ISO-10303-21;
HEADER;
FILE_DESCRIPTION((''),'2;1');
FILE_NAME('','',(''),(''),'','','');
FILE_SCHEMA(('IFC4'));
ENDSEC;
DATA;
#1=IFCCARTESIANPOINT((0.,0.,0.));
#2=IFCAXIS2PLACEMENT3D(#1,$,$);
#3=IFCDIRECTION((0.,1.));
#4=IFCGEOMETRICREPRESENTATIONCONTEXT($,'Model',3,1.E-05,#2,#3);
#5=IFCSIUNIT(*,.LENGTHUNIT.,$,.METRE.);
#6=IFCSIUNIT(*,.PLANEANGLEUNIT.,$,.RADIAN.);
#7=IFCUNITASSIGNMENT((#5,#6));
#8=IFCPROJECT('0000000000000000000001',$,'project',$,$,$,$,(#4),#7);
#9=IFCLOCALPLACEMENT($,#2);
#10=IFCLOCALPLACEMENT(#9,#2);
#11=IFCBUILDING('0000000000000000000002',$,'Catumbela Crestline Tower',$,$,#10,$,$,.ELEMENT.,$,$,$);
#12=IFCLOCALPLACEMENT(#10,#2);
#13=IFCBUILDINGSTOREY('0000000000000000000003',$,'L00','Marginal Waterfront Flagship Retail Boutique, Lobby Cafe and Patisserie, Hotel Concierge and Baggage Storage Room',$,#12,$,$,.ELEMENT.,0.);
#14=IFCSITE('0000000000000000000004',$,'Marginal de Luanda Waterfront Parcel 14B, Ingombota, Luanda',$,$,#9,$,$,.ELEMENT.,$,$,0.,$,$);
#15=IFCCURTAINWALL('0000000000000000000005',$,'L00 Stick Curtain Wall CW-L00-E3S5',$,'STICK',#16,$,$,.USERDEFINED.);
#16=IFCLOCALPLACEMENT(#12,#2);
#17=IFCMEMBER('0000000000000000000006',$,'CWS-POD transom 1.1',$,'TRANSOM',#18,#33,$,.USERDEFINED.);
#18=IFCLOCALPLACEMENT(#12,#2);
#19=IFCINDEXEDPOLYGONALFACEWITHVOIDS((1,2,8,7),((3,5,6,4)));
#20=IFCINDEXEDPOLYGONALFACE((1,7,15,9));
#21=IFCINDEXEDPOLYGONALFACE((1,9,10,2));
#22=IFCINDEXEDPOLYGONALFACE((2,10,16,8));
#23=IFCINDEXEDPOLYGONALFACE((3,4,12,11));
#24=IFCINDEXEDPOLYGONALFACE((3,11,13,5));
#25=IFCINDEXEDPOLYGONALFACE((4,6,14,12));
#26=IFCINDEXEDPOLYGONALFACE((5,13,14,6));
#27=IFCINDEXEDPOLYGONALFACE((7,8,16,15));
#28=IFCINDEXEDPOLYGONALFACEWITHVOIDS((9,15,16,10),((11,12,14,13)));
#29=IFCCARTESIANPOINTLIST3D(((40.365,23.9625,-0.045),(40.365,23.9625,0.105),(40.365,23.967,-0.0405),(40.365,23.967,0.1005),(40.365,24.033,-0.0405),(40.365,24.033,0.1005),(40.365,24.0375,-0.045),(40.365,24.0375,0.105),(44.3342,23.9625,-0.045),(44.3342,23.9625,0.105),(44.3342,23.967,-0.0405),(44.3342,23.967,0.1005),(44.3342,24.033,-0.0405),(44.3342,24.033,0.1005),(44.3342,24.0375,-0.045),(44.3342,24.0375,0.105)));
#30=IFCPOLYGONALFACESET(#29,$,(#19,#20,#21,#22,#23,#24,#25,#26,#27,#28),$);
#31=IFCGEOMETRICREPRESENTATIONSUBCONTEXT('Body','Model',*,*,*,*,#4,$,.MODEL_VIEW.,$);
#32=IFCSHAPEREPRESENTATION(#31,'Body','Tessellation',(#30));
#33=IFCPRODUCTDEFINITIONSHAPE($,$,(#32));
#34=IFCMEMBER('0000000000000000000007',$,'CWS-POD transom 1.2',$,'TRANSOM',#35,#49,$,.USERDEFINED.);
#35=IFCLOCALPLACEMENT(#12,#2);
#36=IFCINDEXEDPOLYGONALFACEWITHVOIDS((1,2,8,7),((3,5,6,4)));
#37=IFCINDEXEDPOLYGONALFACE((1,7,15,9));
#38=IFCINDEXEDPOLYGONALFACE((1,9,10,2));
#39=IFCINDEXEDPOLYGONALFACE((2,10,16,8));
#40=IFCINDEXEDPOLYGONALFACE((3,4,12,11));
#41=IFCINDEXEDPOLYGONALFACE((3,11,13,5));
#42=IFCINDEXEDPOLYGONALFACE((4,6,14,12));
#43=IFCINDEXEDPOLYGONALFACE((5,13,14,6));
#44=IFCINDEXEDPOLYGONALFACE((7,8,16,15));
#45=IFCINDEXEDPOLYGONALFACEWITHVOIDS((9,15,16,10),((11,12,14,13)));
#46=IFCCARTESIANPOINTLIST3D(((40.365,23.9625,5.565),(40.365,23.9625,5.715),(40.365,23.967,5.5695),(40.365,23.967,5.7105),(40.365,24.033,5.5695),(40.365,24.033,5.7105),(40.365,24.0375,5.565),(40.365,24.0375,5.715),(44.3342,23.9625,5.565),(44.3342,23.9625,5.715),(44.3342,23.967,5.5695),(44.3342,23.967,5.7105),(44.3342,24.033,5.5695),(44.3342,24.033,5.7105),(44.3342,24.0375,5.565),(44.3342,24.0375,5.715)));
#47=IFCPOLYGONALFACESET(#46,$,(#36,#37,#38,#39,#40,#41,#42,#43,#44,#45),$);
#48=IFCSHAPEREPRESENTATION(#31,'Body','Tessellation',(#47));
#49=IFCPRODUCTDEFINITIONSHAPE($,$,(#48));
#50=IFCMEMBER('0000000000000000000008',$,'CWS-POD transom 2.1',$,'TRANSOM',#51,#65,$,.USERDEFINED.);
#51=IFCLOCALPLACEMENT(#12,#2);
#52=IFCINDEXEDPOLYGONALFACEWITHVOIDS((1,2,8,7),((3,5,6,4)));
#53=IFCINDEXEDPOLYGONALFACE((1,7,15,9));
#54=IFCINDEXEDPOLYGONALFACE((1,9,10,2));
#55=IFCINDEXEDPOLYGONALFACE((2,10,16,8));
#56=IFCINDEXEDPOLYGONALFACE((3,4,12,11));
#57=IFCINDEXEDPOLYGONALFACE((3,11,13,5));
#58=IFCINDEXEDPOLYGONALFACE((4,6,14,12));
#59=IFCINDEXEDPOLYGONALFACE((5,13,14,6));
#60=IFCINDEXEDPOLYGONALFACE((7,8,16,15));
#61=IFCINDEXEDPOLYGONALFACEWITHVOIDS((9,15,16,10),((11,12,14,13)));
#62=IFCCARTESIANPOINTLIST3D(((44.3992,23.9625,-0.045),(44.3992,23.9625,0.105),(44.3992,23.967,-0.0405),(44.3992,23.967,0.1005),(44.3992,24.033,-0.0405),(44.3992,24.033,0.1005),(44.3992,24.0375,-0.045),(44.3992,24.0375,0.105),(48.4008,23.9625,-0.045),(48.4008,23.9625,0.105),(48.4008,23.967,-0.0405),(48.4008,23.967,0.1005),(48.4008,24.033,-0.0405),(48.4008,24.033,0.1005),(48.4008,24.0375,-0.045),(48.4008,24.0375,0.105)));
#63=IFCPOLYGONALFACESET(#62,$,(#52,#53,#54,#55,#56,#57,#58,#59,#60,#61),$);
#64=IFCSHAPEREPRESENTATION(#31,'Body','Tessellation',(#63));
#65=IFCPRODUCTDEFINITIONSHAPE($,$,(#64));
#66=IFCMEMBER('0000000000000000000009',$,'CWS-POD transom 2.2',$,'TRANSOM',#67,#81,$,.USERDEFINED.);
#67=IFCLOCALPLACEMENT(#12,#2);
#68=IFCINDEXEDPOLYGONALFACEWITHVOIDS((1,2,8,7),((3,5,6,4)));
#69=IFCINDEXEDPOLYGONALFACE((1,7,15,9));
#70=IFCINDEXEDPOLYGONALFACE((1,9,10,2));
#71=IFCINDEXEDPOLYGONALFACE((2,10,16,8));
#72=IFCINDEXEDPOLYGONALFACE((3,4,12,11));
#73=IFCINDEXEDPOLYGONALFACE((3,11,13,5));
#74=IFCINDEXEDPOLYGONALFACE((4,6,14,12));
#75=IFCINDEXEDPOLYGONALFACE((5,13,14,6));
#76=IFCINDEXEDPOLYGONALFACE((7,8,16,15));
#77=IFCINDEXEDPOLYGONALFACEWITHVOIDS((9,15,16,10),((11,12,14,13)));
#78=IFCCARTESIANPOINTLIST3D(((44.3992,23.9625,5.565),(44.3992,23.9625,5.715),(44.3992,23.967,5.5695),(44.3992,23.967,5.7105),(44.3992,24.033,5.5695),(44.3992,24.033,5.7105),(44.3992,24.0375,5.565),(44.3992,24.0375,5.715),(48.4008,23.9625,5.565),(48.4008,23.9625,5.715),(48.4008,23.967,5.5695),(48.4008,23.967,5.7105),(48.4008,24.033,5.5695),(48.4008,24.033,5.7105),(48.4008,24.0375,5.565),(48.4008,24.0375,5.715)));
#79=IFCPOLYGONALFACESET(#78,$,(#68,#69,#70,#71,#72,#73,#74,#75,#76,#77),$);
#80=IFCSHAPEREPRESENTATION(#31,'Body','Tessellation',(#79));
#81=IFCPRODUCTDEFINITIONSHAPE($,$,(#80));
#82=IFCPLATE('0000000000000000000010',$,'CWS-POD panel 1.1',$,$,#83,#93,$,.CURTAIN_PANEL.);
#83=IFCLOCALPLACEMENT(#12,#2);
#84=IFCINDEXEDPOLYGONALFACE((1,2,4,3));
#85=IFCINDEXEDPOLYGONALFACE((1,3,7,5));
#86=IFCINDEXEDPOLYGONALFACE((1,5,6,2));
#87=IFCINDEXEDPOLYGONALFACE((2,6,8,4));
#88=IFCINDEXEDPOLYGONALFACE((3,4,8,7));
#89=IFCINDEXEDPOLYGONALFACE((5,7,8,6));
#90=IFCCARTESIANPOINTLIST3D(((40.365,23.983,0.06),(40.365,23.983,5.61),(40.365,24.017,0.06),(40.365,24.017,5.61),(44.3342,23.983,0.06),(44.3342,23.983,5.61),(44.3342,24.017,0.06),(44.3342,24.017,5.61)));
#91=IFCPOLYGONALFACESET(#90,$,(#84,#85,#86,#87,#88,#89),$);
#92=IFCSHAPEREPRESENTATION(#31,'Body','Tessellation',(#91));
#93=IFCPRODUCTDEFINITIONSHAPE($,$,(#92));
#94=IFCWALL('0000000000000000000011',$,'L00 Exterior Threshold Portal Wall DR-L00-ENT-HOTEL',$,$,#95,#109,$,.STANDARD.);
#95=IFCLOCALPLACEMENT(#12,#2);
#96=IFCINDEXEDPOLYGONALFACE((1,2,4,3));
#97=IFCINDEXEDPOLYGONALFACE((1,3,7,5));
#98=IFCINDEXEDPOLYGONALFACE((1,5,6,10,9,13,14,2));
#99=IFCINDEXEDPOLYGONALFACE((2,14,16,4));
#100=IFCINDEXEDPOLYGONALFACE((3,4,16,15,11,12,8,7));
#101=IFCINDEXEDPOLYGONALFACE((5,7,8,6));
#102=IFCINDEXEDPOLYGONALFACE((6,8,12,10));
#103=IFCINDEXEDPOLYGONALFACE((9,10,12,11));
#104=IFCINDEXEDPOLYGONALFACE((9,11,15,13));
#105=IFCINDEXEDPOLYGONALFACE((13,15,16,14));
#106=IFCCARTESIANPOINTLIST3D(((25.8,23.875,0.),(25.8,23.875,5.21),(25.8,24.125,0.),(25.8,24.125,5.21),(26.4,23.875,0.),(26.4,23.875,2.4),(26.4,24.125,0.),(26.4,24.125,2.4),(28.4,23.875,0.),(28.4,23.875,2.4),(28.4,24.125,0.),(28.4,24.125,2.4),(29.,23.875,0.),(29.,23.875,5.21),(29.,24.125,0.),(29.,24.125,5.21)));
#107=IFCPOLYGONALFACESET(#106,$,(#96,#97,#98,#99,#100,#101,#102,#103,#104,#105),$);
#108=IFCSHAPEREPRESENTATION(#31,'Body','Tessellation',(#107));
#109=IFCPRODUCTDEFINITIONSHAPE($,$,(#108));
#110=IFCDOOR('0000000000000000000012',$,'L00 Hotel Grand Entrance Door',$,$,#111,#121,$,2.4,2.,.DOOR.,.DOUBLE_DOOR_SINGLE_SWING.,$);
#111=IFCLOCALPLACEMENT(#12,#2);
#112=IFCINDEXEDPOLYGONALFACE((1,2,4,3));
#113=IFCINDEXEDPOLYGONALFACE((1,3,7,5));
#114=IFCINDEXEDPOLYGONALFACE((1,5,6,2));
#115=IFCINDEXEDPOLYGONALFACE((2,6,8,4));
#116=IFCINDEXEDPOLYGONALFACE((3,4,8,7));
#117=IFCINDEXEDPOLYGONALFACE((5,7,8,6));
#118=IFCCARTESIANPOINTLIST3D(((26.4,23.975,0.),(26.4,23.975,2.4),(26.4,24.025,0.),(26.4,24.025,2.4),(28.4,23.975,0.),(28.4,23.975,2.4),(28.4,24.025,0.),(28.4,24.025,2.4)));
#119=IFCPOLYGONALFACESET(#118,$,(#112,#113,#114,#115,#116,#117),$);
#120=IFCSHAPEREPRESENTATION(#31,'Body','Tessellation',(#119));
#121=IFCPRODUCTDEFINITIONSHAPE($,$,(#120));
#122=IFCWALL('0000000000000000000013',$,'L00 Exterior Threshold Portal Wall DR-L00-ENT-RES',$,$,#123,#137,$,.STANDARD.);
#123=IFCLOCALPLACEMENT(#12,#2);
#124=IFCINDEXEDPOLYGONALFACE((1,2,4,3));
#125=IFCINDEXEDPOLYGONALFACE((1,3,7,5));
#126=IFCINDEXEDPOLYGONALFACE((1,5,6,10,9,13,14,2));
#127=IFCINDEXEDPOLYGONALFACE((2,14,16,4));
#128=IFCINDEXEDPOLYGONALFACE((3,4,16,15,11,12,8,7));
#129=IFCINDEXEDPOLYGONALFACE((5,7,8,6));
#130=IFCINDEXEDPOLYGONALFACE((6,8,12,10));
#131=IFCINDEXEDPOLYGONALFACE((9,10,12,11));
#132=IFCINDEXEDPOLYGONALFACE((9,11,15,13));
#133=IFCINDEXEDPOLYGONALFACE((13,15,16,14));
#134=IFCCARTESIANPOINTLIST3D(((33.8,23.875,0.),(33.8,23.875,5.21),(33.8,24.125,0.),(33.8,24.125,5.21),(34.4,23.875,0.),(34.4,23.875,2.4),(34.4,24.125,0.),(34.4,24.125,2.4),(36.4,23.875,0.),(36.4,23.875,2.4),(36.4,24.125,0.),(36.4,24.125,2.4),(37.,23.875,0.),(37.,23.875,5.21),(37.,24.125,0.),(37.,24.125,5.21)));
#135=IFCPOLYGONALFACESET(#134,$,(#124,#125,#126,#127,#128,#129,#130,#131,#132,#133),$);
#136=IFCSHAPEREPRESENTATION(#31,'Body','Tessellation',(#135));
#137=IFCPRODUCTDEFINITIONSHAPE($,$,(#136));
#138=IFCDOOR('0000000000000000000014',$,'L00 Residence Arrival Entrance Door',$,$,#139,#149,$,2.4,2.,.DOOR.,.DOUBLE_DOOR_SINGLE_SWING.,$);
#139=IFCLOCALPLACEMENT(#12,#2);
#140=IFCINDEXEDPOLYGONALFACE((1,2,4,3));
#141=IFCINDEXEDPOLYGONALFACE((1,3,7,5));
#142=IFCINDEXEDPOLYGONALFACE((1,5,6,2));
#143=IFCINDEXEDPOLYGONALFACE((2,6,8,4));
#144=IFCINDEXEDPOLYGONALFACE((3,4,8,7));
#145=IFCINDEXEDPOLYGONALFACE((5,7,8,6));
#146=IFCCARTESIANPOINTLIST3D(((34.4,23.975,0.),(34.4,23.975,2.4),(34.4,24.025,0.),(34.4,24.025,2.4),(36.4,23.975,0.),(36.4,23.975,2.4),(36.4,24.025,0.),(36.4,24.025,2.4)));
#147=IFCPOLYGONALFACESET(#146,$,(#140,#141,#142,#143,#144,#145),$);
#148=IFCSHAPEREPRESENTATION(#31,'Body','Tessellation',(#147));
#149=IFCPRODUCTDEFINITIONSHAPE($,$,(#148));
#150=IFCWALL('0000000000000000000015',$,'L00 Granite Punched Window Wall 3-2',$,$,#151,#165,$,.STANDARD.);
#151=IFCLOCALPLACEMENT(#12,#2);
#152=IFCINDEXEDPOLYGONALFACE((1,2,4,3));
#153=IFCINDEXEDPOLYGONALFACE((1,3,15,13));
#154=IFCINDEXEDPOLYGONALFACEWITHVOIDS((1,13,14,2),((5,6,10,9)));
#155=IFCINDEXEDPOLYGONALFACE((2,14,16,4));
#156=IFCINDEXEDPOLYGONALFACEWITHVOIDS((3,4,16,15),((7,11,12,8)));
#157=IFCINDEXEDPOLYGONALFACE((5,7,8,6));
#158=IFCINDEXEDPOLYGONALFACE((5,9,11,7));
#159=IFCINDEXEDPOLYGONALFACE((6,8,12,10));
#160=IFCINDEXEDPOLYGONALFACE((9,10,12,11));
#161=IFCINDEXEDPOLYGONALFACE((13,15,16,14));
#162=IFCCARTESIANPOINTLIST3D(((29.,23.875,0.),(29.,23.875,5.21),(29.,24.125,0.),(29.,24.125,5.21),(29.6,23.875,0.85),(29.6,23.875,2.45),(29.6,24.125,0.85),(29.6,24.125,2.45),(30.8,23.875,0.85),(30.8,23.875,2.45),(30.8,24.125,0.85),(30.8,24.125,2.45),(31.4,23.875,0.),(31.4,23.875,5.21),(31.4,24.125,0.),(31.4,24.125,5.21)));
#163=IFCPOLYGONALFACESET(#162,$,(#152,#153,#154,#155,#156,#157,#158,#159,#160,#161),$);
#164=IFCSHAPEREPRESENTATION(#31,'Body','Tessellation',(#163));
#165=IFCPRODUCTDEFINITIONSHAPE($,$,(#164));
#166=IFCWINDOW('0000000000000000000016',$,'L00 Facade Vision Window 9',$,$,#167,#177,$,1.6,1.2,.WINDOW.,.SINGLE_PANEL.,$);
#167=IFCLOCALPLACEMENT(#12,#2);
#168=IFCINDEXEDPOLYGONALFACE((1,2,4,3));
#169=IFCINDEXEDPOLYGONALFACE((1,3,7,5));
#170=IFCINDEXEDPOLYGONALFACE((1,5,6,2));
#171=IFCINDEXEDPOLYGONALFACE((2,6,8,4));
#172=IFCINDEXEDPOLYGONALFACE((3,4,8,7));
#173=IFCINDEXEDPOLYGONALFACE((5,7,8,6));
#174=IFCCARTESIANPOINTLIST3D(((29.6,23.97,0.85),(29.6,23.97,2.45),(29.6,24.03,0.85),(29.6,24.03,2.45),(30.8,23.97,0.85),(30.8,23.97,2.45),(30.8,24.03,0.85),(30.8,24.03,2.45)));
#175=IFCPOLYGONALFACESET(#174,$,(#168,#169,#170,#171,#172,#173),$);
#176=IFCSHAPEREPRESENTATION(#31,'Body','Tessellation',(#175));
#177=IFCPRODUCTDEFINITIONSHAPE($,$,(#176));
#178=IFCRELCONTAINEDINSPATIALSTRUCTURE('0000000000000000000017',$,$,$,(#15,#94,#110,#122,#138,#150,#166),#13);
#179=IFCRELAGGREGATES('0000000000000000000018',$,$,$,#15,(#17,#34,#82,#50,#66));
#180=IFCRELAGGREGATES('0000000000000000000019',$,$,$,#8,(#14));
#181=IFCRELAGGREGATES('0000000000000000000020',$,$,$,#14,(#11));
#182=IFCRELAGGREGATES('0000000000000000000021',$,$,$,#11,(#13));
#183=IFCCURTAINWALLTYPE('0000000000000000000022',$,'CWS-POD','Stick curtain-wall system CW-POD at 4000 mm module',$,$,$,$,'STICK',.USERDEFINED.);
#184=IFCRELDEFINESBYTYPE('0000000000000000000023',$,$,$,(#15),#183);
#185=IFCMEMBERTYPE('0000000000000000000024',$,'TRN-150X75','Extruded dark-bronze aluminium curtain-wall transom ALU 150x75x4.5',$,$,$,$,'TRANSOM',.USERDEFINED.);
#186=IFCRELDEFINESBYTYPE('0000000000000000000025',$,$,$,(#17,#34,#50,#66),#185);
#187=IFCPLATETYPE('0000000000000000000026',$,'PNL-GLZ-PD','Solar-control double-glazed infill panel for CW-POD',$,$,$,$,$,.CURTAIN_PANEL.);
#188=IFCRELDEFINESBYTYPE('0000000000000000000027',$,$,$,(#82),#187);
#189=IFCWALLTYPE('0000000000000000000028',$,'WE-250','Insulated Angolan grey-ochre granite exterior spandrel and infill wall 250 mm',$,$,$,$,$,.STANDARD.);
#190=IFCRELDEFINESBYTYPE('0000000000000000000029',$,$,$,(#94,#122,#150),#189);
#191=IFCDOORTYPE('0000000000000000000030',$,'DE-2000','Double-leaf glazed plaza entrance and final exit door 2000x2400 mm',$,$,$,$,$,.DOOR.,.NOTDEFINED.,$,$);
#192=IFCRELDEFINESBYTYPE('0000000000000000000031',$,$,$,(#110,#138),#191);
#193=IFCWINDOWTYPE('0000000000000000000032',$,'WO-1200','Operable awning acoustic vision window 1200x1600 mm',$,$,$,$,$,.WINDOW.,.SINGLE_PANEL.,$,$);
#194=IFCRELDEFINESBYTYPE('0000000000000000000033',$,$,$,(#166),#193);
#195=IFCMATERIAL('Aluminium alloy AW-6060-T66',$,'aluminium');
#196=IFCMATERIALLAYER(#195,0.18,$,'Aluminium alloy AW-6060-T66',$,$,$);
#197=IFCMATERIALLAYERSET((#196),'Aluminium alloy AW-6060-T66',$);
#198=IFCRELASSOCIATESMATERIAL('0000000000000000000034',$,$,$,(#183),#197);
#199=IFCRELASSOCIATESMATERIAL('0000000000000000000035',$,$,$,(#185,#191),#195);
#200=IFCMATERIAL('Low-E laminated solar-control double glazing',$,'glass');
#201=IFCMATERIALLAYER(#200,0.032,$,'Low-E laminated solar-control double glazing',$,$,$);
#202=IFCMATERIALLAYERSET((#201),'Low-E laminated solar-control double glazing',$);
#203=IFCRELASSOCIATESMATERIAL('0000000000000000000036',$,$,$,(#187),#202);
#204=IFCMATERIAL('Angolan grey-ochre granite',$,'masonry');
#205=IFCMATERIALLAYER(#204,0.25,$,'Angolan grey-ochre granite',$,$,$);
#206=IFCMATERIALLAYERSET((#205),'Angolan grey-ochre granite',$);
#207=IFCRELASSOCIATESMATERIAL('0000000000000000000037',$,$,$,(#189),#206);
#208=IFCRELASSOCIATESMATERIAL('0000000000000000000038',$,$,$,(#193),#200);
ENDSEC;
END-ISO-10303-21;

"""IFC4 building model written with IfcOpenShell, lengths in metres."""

from ifc_helpers import new_model, si_unit, direction, frame, frame_2d, origin, origin_2d, place, context, subcontext, project, spatial, rectangle, hollow_rectangle, extrude, material, layer, layer_set, material_profile, profile_set, type_object, element, fill, aggregate, save


model = new_model("IFC4")

# Units and contexts
model_context = context("Model", 3, precision=1e-05, world=origin(), true_north=direction((0.0, 1.0)))
body_context = subcontext(model_context, "Body", "Model", "MODEL_VIEW")
ifc_project = project(units=[si_unit("LENGTHUNIT", "METRE"), si_unit("PLANEANGLEUNIT", "RADIAN")], contexts=[model_context])

# Site, building, storey
site_placement = place(None, origin())
site = spatial("IfcSite", under=ifc_project, at=site_placement, Name="Marginal de Luanda Waterfront Parcel 14B, Ingombota, Luanda", CompositionType="ELEMENT", RefElevation=0.0)
building_placement = place(site_placement, origin())
building = spatial("IfcBuilding", under=site, at=building_placement, Name="Catumbela Crestline Tower", CompositionType="ELEMENT")
storey_placement = place(building_placement, origin())
storey = spatial("IfcBuildingStorey", under=building, at=storey_placement, Name="L00", Description="Marginal Waterfront Flagship Retail Boutique, Lobby Cafe and Patisserie, Hotel Concierge and Baggage Storage Room", CompositionType="ELEMENT", Elevation=0.0)

# Curtain wall
ifc_material_1 = material(Name="Aluminium alloy AW-6060-T66", Category="aluminium")
ifc_layer_1 = layer(ifc_material_1, 0.18, Name="Aluminium alloy AW-6060-T66")
ifc_layer_set_1 = layer_set([ifc_layer_1], Name="Aluminium alloy AW-6060-T66")
curtain_wall_type = type_object("IfcCurtainWallType", Name="CWS-POD", Description="Stick curtain-wall system CW-POD at 4000 mm module", ElementType="STICK", PredefinedType="USERDEFINED", material=ifc_layer_set_1)
curtain_wall_placement = place(storey_placement, origin())
curtain_wall = element("IfcCurtainWall", 1, at=curtain_wall_placement, inside=storey, type_object=curtain_wall_type, Name="L00 Stick Curtain Wall CW-L00-E3S5", ObjectType="STICK", PredefinedType="USERDEFINED")

# Members
ifc_material_profile_1 = material_profile(ifc_material_1, hollow_rectangle(XDim=0.075, YDim=0.15, WallThickness=0.0045, at=origin_2d()), Name="ALU 150x75x4.5")
ifc_profile_set_1 = profile_set([ifc_material_profile_1], Name="Aluminium alloy AW-6060-T66")
member_type_1 = type_object("IfcMemberType", Name="TRN-150X75", Description="Extruded dark-bronze aluminium curtain-wall transom ALU 150x75x4.5", ElementType="TRANSOM", PredefinedType="USERDEFINED", material=ifc_profile_set_1)
member_1_placement = place(storey_placement, frame((40.365, 24.0, 0.03), z_axis=(1.0, 0.0, 0.0), x_axis=(0.0, 1.0, 0.0)))
member_1 = element("IfcMember", 2, at=member_1_placement, type_object=member_type_1, Name="CWS-POD transom 1.1", ObjectType="TRANSOM", PredefinedType="USERDEFINED", context=body_context, shape_type="SweptSolid", body=[
    extrude(hollow_rectangle(XDim=0.075, YDim=0.15, WallThickness=0.0045, at=origin_2d()), origin(), (0.0, 0.0, 1.0), 3.9692),
])
member_2_placement = place(storey_placement, frame((40.365, 24.0, 5.64), z_axis=(1.0, 0.0, 0.0), x_axis=(0.0, 1.0, 0.0)))
member_2 = element("IfcMember", 3, at=member_2_placement, type_object=member_type_1, Name="CWS-POD transom 1.2", ObjectType="TRANSOM", PredefinedType="USERDEFINED", context=body_context, shape_type="SweptSolid", body=[
    extrude(hollow_rectangle(XDim=0.075, YDim=0.15, WallThickness=0.0045, at=origin_2d()), origin(), (0.0, 0.0, 1.0), 3.9692),
])
member_3_placement = place(storey_placement, frame((44.3992, 24.0, 0.03), z_axis=(1.0, 0.0, 0.0), x_axis=(0.0, 1.0, 0.0)))
member_3 = element("IfcMember", 4, at=member_3_placement, type_object=member_type_1, Name="CWS-POD transom 2.1", ObjectType="TRANSOM", PredefinedType="USERDEFINED", context=body_context, shape_type="SweptSolid", body=[
    extrude(hollow_rectangle(XDim=0.075, YDim=0.15, WallThickness=0.0045, at=origin_2d()), origin(), (0.0, 0.0, 1.0), 4.0016),
])
member_4_placement = place(storey_placement, frame((44.3992, 24.0, 5.64), z_axis=(1.0, 0.0, 0.0), x_axis=(0.0, 1.0, 0.0)))
member_4 = element("IfcMember", 5, at=member_4_placement, type_object=member_type_1, Name="CWS-POD transom 2.2", ObjectType="TRANSOM", PredefinedType="USERDEFINED", context=body_context, shape_type="SweptSolid", body=[
    extrude(hollow_rectangle(XDim=0.075, YDim=0.15, WallThickness=0.0045, at=origin_2d()), origin(), (0.0, 0.0, 1.0), 4.0016),
])

# Plate
ifc_material_2 = material(Name="Low-E laminated solar-control double glazing", Category="glass")
ifc_layer_2 = layer(ifc_material_2, 0.032, Name="Low-E laminated solar-control double glazing")
ifc_layer_set_2 = layer_set([ifc_layer_2], Name="Low-E laminated solar-control double glazing")
plate_type = type_object("IfcPlateType", Name="PNL-GLZ-PD", Description="Solar-control double-glazed infill panel for CW-POD", PredefinedType="CURTAIN_PANEL", material=ifc_layer_set_2)
plate_placement = place(storey_placement, frame((42.3496, 24.0, 0.06), z_axis=(0.0, 0.0, 1.0), x_axis=(1.0, 0.0, 0.0)))
plate = element("IfcPlate", 6, at=plate_placement, type_object=plate_type, Name="CWS-POD panel 1.1", PredefinedType="CURTAIN_PANEL", context=body_context, shape_type="SweptSolid", body=[
    extrude(rectangle(XDim=3.9692, YDim=0.034, at=origin_2d()), origin(), (0.0, 0.0, 1.0), 5.55),
])
aggregate(curtain_wall, [member_1, member_2, plate, member_3, member_4])

# Walls, openings, doors
ifc_material_3 = material(Name="Angolan grey-ochre granite", Category="masonry")
ifc_layer_3 = layer(ifc_material_3, 0.25, Name="Angolan grey-ochre granite")
ifc_layer_set_3 = layer_set([ifc_layer_3], Name="Angolan grey-ochre granite")
wall_type_1 = type_object("IfcWallType", Name="WE-250", Description="Insulated Angolan grey-ochre granite exterior spandrel and infill wall 250 mm", PredefinedType="STANDARD", material=ifc_layer_set_3)
wall_1_placement = place(storey_placement, frame((29.0, 24.0, 0.0), z_axis=(0.0, 0.0, 1.0), x_axis=(-1.0, 0.0, 0.0)))
wall_1 = element("IfcWall", 7, at=wall_1_placement, inside=storey, type_object=wall_type_1, Name="L00 Exterior Threshold Portal Wall DR-L00-ENT-HOTEL", PredefinedType="STANDARD", context=body_context, shape_type="SweptSolid", body=[
    extrude(rectangle(XDim=3.2, YDim=0.25, at=frame_2d((1.6, 0.0))), origin(), (0.0, 0.0, 1.0), 5.21),
])
opening_1_placement = place(wall_1_placement, frame((0.6, 0.0, 0.0)))
opening_1 = element("IfcOpeningElement", 8, at=opening_1_placement, cuts=wall_1, PredefinedType="OPENING", context=body_context, shape_type="SweptSolid", body=[
    extrude(rectangle(XDim=2.0, YDim=2.4, at=frame_2d((1.0, 1.2))), frame((0.0, 0.135, 0.0), z_axis=(0.0, -1.0, 0.0), x_axis=(1.0, 0.0, 0.0)), (0.0, 0.0, 1.0), 0.27),
])
door_type_1 = type_object("IfcDoorType", Name="DE-2000", Description="Double-leaf glazed plaza entrance and final exit door 2000x2400 mm", OperationType="NOTDEFINED", PredefinedType="DOOR", material=ifc_material_1)
door_1_placement = place(opening_1_placement, origin())
door_1 = element("IfcDoor", 9, at=door_1_placement, inside=storey, type_object=door_type_1, Name="L00 Hotel Grand Entrance Door", OperationType="DOUBLE_DOOR_SINGLE_SWING", OverallHeight=2.4, OverallWidth=2.0, PredefinedType="DOOR", context=body_context, shape_type="SweptSolid", body=[
    extrude(rectangle(XDim=2.0, YDim=2.4, at=frame_2d((1.0, 1.2))), frame((0.0, 0.025, 0.0), z_axis=(0.0, -1.0, 0.0), x_axis=(1.0, 0.0, 0.0)), (0.0, 0.0, 1.0), 0.05),
])
fill(opening_1, door_1)
wall_2_placement = place(storey_placement, frame((37.0, 24.0, 0.0), z_axis=(0.0, 0.0, 1.0), x_axis=(-1.0, 0.0, 0.0)))
wall_2 = element("IfcWall", 10, at=wall_2_placement, inside=storey, type_object=wall_type_1, Name="L00 Exterior Threshold Portal Wall DR-L00-ENT-RES", PredefinedType="STANDARD", context=body_context, shape_type="SweptSolid", body=[
    extrude(rectangle(XDim=3.2, YDim=0.25, at=frame_2d((1.6, 0.0))), origin(), (0.0, 0.0, 1.0), 5.21),
])
opening_2_placement = place(wall_2_placement, frame((0.6, 0.0, 0.0)))
opening_2 = element("IfcOpeningElement", 11, at=opening_2_placement, cuts=wall_2, PredefinedType="OPENING", context=body_context, shape_type="SweptSolid", body=[
    extrude(rectangle(XDim=2.0, YDim=2.4, at=frame_2d((1.0, 1.2))), frame((0.0, 0.135, 0.0), z_axis=(0.0, -1.0, 0.0), x_axis=(1.0, 0.0, 0.0)), (0.0, 0.0, 1.0), 0.27),
])
door_2_placement = place(opening_2_placement, origin())
door_2 = element("IfcDoor", 12, at=door_2_placement, inside=storey, type_object=door_type_1, Name="L00 Residence Arrival Entrance Door", OperationType="DOUBLE_DOOR_SINGLE_SWING", OverallHeight=2.4, OverallWidth=2.0, PredefinedType="DOOR", context=body_context, shape_type="SweptSolid", body=[
    extrude(rectangle(XDim=2.0, YDim=2.4, at=frame_2d((1.0, 1.2))), frame((0.0, 0.025, 0.0), z_axis=(0.0, -1.0, 0.0), x_axis=(1.0, 0.0, 0.0)), (0.0, 0.0, 1.0), 0.05),
])
fill(opening_2, door_2)

# Wall, opening, window
wall_3_placement = place(storey_placement, frame((29.0, 24.0, 0.0), z_axis=(0.0, 0.0, 1.0), x_axis=(1.0, 0.0, 0.0)))
wall_3 = element("IfcWall", 13, at=wall_3_placement, inside=storey, type_object=wall_type_1, Name="L00 Granite Punched Window Wall 3-2", PredefinedType="STANDARD", context=body_context, shape_type="SweptSolid", body=[
    extrude(rectangle(XDim=2.4, YDim=0.25, at=frame_2d((1.2, 0.0))), origin(), (0.0, 0.0, 1.0), 5.21),
])
opening_3_placement = place(wall_3_placement, frame((0.6, 0.0, 0.85)))
opening_3 = element("IfcOpeningElement", 14, at=opening_3_placement, cuts=wall_3, PredefinedType="OPENING", context=body_context, shape_type="SweptSolid", body=[
    extrude(rectangle(XDim=1.2, YDim=1.6, at=frame_2d((0.6, 0.8))), frame((0.0, 0.135, 0.0), z_axis=(0.0, -1.0, 0.0), x_axis=(1.0, 0.0, 0.0)), (0.0, 0.0, 1.0), 0.27),
])
window_type_1 = type_object("IfcWindowType", Name="WO-1200", Description="Operable awning acoustic vision window 1200x1600 mm", PartitioningType="SINGLE_PANEL", PredefinedType="WINDOW", material=ifc_material_2)
window_1_placement = place(opening_3_placement, origin())
window_1 = element("IfcWindow", 15, at=window_1_placement, inside=storey, type_object=window_type_1, Name="L00 Facade Vision Window 9", OverallHeight=1.6, OverallWidth=1.2, PartitioningType="SINGLE_PANEL", PredefinedType="WINDOW", context=body_context, shape_type="SweptSolid", body=[
    extrude(rectangle(XDim=1.2, YDim=1.6, at=frame_2d((0.6, 0.8))), frame((0.0, 0.03, 0.0), z_axis=(0.0, -1.0, 0.0), x_axis=(1.0, 0.0, 0.0)), (0.0, 0.0, 1.0), 0.06),
])
fill(opening_3, window_1)

save(model, "model.ifc")
